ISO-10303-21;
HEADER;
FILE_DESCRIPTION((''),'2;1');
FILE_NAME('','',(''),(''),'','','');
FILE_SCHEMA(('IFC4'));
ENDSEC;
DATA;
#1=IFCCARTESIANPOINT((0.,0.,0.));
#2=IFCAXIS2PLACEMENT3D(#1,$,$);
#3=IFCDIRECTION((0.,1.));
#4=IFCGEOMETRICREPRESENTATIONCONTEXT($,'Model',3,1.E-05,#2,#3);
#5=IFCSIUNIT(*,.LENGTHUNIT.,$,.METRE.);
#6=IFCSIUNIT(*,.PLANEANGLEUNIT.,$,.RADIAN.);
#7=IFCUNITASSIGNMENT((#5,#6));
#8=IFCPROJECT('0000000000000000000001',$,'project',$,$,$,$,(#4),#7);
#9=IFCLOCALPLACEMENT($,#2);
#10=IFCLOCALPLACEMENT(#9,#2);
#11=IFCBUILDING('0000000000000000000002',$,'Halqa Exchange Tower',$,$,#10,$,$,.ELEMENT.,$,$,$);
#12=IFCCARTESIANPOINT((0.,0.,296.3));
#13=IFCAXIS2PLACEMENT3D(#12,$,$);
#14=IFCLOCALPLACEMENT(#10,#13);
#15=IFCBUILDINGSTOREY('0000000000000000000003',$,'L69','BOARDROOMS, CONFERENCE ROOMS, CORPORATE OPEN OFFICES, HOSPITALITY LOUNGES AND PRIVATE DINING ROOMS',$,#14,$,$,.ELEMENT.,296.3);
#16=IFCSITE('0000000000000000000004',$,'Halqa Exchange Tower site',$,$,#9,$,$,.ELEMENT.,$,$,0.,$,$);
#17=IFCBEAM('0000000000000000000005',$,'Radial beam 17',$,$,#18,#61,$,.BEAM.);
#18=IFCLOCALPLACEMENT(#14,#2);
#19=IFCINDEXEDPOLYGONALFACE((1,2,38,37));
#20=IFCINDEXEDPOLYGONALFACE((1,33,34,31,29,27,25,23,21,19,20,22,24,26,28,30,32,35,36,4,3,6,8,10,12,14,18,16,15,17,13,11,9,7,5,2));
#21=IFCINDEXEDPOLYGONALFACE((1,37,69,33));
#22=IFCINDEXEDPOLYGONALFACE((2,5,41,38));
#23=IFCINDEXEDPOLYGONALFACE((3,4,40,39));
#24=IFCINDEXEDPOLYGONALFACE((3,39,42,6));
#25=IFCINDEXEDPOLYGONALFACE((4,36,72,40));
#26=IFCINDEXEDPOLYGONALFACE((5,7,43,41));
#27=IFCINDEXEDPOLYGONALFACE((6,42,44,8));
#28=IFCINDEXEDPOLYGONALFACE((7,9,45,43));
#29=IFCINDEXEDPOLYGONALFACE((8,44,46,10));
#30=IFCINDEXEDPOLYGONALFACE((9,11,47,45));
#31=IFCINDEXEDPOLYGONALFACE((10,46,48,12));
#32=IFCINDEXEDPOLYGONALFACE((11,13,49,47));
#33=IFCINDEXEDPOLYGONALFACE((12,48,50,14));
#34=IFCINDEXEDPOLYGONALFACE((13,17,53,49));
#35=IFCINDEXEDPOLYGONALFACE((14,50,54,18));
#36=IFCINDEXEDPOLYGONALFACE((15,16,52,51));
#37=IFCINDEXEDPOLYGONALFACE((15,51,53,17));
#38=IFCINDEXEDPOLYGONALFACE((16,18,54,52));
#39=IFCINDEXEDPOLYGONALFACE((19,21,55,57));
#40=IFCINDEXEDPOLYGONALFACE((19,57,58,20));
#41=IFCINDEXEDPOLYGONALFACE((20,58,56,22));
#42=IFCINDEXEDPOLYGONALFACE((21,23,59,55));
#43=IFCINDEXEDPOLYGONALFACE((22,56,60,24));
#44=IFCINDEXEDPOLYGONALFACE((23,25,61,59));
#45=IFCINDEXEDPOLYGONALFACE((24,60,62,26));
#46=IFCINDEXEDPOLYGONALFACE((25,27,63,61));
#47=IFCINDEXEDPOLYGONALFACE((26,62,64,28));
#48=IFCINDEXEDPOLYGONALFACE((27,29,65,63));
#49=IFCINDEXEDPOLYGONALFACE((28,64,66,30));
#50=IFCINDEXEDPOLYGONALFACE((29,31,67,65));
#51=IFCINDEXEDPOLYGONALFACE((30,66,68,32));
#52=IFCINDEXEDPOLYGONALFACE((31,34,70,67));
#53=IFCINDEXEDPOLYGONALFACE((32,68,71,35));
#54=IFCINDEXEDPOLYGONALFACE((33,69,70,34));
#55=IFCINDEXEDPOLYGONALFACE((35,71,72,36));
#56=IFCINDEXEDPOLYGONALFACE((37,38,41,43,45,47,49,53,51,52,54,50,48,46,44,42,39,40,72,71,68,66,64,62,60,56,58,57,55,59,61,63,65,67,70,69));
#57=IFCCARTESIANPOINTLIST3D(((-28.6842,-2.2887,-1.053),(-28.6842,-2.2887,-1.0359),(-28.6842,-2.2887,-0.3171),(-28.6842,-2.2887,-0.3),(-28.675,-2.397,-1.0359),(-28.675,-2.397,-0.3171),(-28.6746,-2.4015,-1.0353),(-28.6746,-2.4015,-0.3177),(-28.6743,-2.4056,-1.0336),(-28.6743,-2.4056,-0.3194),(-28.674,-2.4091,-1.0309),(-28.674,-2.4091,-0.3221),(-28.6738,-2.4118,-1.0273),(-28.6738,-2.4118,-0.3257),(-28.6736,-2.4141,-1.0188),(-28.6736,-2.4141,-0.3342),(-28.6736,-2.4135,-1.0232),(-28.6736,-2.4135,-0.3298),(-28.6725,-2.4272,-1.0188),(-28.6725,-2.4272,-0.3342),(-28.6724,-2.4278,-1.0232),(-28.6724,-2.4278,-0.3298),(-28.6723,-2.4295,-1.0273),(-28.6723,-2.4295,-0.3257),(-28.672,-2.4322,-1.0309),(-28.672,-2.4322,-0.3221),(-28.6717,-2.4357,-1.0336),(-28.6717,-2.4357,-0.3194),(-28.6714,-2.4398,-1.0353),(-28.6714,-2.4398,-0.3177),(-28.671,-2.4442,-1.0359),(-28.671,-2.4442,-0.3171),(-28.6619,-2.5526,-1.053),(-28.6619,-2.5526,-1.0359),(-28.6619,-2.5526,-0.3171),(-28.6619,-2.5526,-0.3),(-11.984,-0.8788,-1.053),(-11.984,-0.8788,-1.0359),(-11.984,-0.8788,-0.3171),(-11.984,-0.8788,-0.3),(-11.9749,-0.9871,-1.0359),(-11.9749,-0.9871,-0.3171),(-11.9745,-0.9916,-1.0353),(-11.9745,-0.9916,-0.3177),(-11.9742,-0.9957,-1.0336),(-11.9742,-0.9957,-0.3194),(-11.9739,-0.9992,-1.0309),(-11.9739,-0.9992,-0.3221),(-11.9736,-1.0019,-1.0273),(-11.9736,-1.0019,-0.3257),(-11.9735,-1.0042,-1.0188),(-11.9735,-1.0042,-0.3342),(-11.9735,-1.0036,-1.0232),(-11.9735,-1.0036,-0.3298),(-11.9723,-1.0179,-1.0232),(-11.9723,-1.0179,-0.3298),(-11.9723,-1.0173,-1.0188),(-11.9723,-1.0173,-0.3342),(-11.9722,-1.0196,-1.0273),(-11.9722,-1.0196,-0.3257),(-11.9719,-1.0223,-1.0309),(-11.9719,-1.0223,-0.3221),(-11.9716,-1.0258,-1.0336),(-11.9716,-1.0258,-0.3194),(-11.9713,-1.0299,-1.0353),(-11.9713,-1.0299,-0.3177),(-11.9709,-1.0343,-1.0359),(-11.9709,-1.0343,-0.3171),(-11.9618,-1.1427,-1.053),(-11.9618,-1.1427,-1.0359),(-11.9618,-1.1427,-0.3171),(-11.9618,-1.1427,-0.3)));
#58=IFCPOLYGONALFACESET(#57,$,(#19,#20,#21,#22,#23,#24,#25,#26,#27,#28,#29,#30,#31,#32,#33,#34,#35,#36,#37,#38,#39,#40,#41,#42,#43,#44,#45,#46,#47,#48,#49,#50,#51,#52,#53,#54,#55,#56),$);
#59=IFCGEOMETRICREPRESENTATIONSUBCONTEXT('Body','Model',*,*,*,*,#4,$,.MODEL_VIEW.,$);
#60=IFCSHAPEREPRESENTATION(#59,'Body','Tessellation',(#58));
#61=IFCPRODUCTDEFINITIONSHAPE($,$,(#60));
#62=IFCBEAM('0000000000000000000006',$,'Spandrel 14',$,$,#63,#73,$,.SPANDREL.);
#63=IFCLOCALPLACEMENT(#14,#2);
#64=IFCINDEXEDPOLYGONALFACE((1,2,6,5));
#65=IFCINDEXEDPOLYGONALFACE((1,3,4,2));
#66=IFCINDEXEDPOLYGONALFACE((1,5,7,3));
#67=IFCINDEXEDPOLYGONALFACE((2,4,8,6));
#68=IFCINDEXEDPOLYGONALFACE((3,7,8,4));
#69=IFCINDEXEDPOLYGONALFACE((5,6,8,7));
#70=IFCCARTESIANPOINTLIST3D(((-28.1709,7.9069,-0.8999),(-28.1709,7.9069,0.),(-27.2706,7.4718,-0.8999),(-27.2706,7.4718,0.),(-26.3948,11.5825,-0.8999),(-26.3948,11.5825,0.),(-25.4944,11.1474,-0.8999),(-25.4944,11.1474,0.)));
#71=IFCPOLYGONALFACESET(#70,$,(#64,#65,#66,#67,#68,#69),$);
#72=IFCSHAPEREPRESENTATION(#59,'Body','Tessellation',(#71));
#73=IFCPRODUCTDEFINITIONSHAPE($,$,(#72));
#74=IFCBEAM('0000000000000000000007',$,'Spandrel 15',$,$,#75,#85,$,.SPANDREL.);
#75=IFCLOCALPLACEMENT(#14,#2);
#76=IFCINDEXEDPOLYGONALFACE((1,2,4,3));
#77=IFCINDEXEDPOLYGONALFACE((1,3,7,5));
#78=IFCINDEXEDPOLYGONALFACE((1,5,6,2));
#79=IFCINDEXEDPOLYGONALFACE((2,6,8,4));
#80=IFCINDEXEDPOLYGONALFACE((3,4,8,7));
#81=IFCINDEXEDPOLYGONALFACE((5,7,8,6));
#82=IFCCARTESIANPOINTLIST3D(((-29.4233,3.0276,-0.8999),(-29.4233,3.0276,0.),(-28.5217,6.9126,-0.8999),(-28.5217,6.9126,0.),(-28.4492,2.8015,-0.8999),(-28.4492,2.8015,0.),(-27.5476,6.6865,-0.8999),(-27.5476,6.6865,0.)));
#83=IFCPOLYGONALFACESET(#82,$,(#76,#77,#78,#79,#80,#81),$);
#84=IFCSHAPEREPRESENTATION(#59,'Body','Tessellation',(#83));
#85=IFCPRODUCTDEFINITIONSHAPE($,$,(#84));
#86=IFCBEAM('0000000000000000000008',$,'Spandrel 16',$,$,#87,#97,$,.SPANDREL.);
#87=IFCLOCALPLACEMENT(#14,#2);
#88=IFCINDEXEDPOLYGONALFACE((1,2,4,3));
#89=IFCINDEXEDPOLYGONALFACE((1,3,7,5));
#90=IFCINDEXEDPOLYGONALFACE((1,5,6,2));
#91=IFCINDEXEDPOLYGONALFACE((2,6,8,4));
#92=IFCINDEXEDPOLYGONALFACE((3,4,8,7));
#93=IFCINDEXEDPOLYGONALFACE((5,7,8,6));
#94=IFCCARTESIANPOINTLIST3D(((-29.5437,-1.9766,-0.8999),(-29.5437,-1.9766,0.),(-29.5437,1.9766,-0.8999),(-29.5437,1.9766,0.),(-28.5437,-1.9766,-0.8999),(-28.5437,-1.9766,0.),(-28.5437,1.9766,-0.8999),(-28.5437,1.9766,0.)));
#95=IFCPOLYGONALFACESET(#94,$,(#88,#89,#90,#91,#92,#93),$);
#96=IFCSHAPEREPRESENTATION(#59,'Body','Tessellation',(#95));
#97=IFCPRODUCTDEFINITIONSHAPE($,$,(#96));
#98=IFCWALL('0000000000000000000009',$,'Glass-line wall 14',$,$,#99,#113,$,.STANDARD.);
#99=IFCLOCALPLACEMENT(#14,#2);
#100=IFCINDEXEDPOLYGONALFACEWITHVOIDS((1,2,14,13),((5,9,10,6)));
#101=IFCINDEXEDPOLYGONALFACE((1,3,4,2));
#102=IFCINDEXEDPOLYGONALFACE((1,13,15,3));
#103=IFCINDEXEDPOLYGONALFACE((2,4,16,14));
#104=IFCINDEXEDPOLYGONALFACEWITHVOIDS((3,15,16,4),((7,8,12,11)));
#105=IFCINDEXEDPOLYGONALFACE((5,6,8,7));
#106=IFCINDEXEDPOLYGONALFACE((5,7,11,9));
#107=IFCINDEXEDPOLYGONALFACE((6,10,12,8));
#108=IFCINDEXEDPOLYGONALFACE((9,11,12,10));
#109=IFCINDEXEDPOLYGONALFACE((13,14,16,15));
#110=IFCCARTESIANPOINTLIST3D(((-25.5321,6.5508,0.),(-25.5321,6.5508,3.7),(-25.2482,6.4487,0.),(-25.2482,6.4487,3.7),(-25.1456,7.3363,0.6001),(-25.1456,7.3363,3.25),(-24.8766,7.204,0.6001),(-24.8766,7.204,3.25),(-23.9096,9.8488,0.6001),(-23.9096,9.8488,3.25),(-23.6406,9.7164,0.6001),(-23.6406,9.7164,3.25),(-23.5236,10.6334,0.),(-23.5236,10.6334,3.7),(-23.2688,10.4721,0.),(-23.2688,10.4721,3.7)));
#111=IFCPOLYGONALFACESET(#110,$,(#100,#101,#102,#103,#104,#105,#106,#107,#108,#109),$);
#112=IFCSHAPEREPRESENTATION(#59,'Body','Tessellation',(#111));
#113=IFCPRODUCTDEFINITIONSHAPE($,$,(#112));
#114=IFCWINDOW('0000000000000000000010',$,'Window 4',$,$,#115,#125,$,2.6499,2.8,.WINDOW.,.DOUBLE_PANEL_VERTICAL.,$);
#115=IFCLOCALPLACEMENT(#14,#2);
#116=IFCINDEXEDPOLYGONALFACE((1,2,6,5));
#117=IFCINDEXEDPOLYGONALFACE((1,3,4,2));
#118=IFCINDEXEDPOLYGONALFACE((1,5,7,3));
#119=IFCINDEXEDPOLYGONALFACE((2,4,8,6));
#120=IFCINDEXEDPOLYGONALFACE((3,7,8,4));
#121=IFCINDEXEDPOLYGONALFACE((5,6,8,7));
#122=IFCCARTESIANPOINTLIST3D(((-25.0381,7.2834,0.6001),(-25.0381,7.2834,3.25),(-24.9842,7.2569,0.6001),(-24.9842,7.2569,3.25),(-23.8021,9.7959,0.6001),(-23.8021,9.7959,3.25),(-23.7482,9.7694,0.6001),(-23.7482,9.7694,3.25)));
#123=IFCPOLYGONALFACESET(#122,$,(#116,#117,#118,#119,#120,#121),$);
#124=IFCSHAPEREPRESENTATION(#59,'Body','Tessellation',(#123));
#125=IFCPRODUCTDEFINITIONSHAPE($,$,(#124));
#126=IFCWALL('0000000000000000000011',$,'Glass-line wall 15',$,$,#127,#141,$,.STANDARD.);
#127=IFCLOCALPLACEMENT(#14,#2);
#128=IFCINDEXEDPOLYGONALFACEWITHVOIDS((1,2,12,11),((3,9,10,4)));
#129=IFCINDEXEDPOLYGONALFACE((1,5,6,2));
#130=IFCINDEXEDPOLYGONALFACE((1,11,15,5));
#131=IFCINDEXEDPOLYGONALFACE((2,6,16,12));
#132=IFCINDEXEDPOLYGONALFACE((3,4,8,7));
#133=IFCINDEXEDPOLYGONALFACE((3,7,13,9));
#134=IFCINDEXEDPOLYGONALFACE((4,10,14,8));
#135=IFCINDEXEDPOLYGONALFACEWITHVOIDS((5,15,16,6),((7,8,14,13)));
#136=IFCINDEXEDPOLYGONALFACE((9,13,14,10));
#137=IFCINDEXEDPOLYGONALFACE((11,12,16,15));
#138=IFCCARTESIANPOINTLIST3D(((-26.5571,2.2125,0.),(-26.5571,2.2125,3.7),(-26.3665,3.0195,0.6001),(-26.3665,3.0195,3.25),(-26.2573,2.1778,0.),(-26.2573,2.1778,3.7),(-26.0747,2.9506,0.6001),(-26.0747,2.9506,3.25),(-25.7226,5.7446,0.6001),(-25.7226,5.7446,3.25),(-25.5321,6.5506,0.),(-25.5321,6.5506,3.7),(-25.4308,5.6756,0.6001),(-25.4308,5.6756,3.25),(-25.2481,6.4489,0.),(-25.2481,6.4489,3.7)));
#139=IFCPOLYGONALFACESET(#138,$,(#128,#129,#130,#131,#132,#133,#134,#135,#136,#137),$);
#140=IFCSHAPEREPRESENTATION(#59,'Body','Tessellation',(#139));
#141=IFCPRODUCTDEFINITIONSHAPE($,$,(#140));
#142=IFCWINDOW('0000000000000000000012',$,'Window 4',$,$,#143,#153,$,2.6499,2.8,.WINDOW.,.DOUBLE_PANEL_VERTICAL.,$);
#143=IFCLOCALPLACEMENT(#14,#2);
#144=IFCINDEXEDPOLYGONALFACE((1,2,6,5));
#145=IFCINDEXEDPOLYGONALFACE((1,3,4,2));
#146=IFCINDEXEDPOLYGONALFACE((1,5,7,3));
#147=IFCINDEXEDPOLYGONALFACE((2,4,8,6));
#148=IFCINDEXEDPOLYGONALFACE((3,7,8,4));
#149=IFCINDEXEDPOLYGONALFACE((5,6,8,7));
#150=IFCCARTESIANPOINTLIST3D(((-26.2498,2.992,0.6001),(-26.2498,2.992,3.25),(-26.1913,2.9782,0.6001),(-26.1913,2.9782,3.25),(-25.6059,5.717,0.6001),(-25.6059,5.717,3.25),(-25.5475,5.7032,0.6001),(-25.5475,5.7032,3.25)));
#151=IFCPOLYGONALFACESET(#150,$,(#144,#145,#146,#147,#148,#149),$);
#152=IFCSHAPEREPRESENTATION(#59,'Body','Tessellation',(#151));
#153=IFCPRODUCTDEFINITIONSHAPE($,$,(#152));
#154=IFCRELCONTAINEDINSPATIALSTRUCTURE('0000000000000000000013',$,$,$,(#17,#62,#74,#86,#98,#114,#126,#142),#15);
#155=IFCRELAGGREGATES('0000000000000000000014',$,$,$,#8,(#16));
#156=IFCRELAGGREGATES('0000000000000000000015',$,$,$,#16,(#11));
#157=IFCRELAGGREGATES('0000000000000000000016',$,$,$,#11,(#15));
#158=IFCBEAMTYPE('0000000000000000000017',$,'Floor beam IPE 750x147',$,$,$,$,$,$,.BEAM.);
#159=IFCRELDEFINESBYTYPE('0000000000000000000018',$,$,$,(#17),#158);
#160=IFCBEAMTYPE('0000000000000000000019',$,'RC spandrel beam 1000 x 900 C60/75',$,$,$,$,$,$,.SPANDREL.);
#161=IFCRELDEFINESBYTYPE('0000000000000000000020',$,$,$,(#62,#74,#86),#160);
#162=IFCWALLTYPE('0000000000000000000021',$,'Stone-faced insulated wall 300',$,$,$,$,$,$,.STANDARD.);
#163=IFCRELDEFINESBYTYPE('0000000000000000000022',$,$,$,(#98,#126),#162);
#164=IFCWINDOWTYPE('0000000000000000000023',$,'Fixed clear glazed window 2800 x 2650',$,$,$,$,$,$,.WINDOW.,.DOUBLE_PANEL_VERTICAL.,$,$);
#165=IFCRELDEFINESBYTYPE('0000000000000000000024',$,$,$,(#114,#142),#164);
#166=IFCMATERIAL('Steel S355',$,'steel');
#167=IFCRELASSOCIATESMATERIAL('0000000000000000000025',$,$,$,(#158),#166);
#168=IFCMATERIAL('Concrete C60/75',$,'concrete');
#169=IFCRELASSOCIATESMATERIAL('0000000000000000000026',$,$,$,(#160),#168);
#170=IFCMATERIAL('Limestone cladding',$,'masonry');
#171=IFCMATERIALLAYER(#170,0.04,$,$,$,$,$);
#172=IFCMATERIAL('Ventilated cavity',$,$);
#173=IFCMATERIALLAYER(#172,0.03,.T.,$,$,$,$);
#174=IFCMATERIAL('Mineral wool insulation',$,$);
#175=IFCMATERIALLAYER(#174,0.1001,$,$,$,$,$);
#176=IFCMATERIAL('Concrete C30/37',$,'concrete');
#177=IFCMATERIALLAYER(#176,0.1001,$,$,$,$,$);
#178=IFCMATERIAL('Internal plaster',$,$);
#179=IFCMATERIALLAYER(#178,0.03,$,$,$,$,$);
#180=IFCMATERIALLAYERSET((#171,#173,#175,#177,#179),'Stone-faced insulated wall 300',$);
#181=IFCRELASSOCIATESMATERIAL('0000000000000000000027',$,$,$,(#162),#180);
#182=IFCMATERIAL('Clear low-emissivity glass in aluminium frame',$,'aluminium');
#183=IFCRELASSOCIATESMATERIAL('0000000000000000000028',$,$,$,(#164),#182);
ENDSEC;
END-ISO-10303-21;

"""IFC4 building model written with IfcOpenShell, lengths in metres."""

from ifc_helpers import new_model, si_unit, direction, frame, frame_2d, origin, origin_2d, place, context, subcontext, project, spatial, polyline, rectangle, i_section, outline, extrude, material, layer, layer_set, material_profile, profile_set, type_object, element, fill, save


model = new_model("IFC4")

# Units and contexts
model_context = context("Model", 3, precision=1e-05, world=origin(), true_north=direction((0.0, 1.0)))
body_context = subcontext(model_context, "Body", "Model", "MODEL_VIEW")
ifc_project = project(units=[si_unit("LENGTHUNIT", "METRE"), si_unit("PLANEANGLEUNIT", "RADIAN")], contexts=[model_context])

# Site, building, storey
site_placement = place(None, origin())
site = spatial("IfcSite", under=ifc_project, at=site_placement, Name="Halqa Exchange Tower site", CompositionType="ELEMENT", RefElevation=0.0)
building_placement = place(site_placement, origin())
building = spatial("IfcBuilding", under=site, at=building_placement, Name="Halqa Exchange Tower", CompositionType="ELEMENT")
storey_placement = place(building_placement, frame((0.0, 0.0, 296.3)))
storey = spatial("IfcBuildingStorey", under=building, at=storey_placement, Name="L69", Description="BOARDROOMS, CONFERENCE ROOMS, CORPORATE OPEN OFFICES, HOSPITALITY LOUNGES AND PRIVATE DINING ROOMS", CompositionType="ELEMENT", Elevation=296.3)

# Beams
ifc_material_1 = material(Name="Steel S355", Category="steel")
ifc_material_profile_1 = material_profile(ifc_material_1, i_section(OverallWidth=0.2649, OverallDepth=0.7529, WebThickness=0.0132, FlangeThickness=0.0171, FilletRadius=0.0171, at=origin_2d()), Name="IPE 750x147")
ifc_profile_set_1 = profile_set([ifc_material_profile_1], Name="Steel S355")
beam_type_1 = type_object("IfcBeamType", Name="Floor beam IPE 750x147", PredefinedType="BEAM", material=ifc_profile_set_1)
for number, where, z_axis, x_axis, name in (
    (1, (-11.9729, -1.0107, -0.6765), (-0.996455, -0.084126, 0.0), (0.084126, -0.996455, 0.0), "Radial beam 17"),
):
    element("IfcBeam", number, at=place(storey_placement, frame(where, z_axis=z_axis, x_axis=x_axis)), inside=storey, type_object=beam_type_1, Name=name, PredefinedType="BEAM", context=body_context, shape_type="SweptSolid", body=[
        extrude(i_section(OverallWidth=0.2649, OverallDepth=0.7529, WebThickness=0.0132, FlangeThickness=0.0171, FilletRadius=0.0171, at=origin_2d()), origin(), (0.0, 0.0, 1.0), 16.7595),
    ])
ifc_material_2 = material(Name="Concrete C60/75", Category="concrete")
ifc_material_profile_2 = material_profile(ifc_material_2, rectangle(XDim=1.0, YDim=0.8999, at=origin_2d()), Name="1000 x 900")
ifc_profile_set_2 = profile_set([ifc_material_profile_2], Name="Concrete C60/75")
beam_type_2 = type_object("IfcBeamType", Name="RC spandrel beam 1000 x 900 C60/75", PredefinedType="SPANDREL", material=ifc_profile_set_2)
beam_1_placement = place(storey_placement, frame((-25.9446, 11.365, -0.45), z_axis=(-0.435092, -0.900386, 0.0), x_axis=(0.900386, -0.435092, 0.0)))
element("IfcBeam", 2, at=beam_1_placement, inside=storey, type_object=beam_type_2, Name="Spandrel 14", PredefinedType="SPANDREL", context=body_context, shape_type="SweptSolid", body=[
    extrude(rectangle(XDim=1.0, YDim=0.8999, at=origin_2d()), origin(), (0.0, 0.0, 1.0), 4.0823),
])
beam_2_placement = place(storey_placement, frame((-28.0347, 6.7996, -0.45), z_axis=(-0.226066, -0.974112, 0.0), x_axis=(0.974112, -0.226066, 0.0)))
element("IfcBeam", 3, at=beam_2_placement, inside=storey, type_object=beam_type_2, Name="Spandrel 15", PredefinedType="SPANDREL", context=body_context, shape_type="SweptSolid", body=[
    extrude(rectangle(XDim=1.0, YDim=0.8999, at=origin_2d()), origin(), (0.0, 0.0, 1.0), 3.9883),
])
beam_3_placement = place(storey_placement, frame((-29.0437, 1.9766, -0.45), z_axis=(0.0, -1.0, 0.0), x_axis=(1.0, 0.0, 0.0)))
element("IfcBeam", 4, at=beam_3_placement, inside=storey, type_object=beam_type_2, Name="Spandrel 16", PredefinedType="SPANDREL", context=body_context, shape_type="SweptSolid", body=[
    extrude(rectangle(XDim=1.0, YDim=0.8999, at=origin_2d()), origin(), (0.0, 0.0, 1.0), 3.9531),
])

# Walls, openings, windows
ifc_material_3 = material(Name="Limestone cladding", Category="masonry")
ifc_layer_1 = layer(ifc_material_3, 0.04)
ifc_material_4 = material(Name="Ventilated cavity")
ifc_layer_2 = layer(ifc_material_4, 0.03, ventilated=True)
ifc_material_5 = material(Name="Mineral wool insulation")
ifc_layer_3 = layer(ifc_material_5, 0.1001)
ifc_material_6 = material(Name="Concrete C30/37", Category="concrete")
ifc_layer_4 = layer(ifc_material_6, 0.1001)
ifc_material_7 = material(Name="Internal plaster")
ifc_layer_5 = layer(ifc_material_7, 0.03)
ifc_layer_set = layer_set([ifc_layer_1, ifc_layer_2, ifc_layer_3, ifc_layer_4, ifc_layer_5], Name="Stone-faced insulated wall 300")
wall_type = type_object("IfcWallType", Name="Stone-faced insulated wall 300", PredefinedType="STANDARD", material=ifc_layer_set)
wall_1_placement = place(storey_placement, frame((-23.3962, 10.5527, 0.0), z_axis=(0.0, 0.0, 1.0), x_axis=(-0.441432, -0.897295, 0.0)))
wall_1 = element("IfcWall", 5, at=wall_1_placement, inside=storey, type_object=wall_type, Name="Glass-line wall 14", PredefinedType="STANDARD", context=body_context, shape_type="SweptSolid", body=[
    extrude(outline(polyline([(-0.0161, -0.1499), (4.5337, -0.1499), (4.5, 0.1499), (0.0161, 0.1499), (-0.0161, -0.1499)])), origin(), (0.0, 0.0, 1.0), 3.7),
])
opening_1_placement = place(wall_1_placement, frame((0.8584, 0.0, 0.6001)))
opening_1 = element("IfcOpeningElement", 6, at=opening_1_placement, cuts=wall_1, PredefinedType="OPENING", context=body_context, shape_type="SweptSolid", body=[
    extrude(rectangle(XDim=2.8, YDim=2.6499, at=frame_2d((1.3999, 1.325))), frame((0.0, 0.1621, 0.0), z_axis=(0.0, -1.0, 0.0), x_axis=(1.0, 0.0, 0.0)), (0.0, 0.0, 1.0), 0.324),
])
ifc_material_8 = material(Name="Clear low-emissivity glass in aluminium frame", Category="aluminium")
window_type = type_object("IfcWindowType", Name="Fixed clear glazed window 2800 x 2650", PartitioningType="DOUBLE_PANEL_VERTICAL", PredefinedType="WINDOW", material=ifc_material_8)
window_1_placement = place(opening_1_placement, origin())
window_1 = element("IfcWindow", 7, at=window_1_placement, inside=storey, type_object=window_type, Name="Window 4", OverallHeight=2.6499, OverallWidth=2.8, PartitioningType="DOUBLE_PANEL_VERTICAL", PredefinedType="WINDOW", context=body_context, shape_type="SweptSolid", body=[
    extrude(rectangle(XDim=2.8, YDim=2.6499, at=frame_2d((1.3999, 1.325))), frame((0.0, 0.03, 0.0), z_axis=(0.0, -1.0, 0.0), x_axis=(1.0, 0.0, 0.0)), (0.0, 0.0, 1.0), 0.0601),
])
fill(opening_1, window_1)
wall_2_placement = place(storey_placement, frame((-25.3901, 6.4998, 0.0), z_axis=(0.0, 0.0, 1.0), x_axis=(-0.229944, -0.973204, 0.0)))
wall_2 = element("IfcWall", 8, at=wall_2_placement, inside=storey, type_object=wall_type, Name="Glass-line wall 15", PredefinedType="STANDARD", context=body_context, shape_type="SweptSolid", body=[
    extrude(outline(polyline([(-0.0168, -0.1499), (4.4407, -0.1499), (4.4055, 0.1499), (0.0168, 0.1499), (-0.0168, -0.1499)])), origin(), (0.0, 0.0, 1.0), 3.7),
])
opening_2_placement = place(wall_2_placement, frame((0.8115, 0.0, 0.6001)))
opening_2 = element("IfcOpeningElement", 9, at=opening_2_placement, cuts=wall_2, PredefinedType="OPENING", context=body_context, shape_type="SweptSolid", body=[
    extrude(rectangle(XDim=2.8, YDim=2.6499, at=frame_2d((1.3999, 1.325))), frame((0.0, 0.1621, 0.0), z_axis=(0.0, -1.0, 0.0), x_axis=(1.0, 0.0, 0.0)), (0.0, 0.0, 1.0), 0.324),
])
window_2_placement = place(opening_2_placement, origin())
window_2 = element("IfcWindow", 10, at=window_2_placement, inside=storey, type_object=window_type, Name="Window 4", OverallHeight=2.6499, OverallWidth=2.8, PartitioningType="DOUBLE_PANEL_VERTICAL", PredefinedType="WINDOW", context=body_context, shape_type="SweptSolid", body=[
    extrude(rectangle(XDim=2.8, YDim=2.6499, at=frame_2d((1.3999, 1.325))), frame((0.0, 0.03, 0.0), z_axis=(0.0, -1.0, 0.0), x_axis=(1.0, 0.0, 0.0)), (0.0, 0.0, 1.0), 0.0601),
])
fill(opening_2, window_2)

save(model, "model.ifc")
